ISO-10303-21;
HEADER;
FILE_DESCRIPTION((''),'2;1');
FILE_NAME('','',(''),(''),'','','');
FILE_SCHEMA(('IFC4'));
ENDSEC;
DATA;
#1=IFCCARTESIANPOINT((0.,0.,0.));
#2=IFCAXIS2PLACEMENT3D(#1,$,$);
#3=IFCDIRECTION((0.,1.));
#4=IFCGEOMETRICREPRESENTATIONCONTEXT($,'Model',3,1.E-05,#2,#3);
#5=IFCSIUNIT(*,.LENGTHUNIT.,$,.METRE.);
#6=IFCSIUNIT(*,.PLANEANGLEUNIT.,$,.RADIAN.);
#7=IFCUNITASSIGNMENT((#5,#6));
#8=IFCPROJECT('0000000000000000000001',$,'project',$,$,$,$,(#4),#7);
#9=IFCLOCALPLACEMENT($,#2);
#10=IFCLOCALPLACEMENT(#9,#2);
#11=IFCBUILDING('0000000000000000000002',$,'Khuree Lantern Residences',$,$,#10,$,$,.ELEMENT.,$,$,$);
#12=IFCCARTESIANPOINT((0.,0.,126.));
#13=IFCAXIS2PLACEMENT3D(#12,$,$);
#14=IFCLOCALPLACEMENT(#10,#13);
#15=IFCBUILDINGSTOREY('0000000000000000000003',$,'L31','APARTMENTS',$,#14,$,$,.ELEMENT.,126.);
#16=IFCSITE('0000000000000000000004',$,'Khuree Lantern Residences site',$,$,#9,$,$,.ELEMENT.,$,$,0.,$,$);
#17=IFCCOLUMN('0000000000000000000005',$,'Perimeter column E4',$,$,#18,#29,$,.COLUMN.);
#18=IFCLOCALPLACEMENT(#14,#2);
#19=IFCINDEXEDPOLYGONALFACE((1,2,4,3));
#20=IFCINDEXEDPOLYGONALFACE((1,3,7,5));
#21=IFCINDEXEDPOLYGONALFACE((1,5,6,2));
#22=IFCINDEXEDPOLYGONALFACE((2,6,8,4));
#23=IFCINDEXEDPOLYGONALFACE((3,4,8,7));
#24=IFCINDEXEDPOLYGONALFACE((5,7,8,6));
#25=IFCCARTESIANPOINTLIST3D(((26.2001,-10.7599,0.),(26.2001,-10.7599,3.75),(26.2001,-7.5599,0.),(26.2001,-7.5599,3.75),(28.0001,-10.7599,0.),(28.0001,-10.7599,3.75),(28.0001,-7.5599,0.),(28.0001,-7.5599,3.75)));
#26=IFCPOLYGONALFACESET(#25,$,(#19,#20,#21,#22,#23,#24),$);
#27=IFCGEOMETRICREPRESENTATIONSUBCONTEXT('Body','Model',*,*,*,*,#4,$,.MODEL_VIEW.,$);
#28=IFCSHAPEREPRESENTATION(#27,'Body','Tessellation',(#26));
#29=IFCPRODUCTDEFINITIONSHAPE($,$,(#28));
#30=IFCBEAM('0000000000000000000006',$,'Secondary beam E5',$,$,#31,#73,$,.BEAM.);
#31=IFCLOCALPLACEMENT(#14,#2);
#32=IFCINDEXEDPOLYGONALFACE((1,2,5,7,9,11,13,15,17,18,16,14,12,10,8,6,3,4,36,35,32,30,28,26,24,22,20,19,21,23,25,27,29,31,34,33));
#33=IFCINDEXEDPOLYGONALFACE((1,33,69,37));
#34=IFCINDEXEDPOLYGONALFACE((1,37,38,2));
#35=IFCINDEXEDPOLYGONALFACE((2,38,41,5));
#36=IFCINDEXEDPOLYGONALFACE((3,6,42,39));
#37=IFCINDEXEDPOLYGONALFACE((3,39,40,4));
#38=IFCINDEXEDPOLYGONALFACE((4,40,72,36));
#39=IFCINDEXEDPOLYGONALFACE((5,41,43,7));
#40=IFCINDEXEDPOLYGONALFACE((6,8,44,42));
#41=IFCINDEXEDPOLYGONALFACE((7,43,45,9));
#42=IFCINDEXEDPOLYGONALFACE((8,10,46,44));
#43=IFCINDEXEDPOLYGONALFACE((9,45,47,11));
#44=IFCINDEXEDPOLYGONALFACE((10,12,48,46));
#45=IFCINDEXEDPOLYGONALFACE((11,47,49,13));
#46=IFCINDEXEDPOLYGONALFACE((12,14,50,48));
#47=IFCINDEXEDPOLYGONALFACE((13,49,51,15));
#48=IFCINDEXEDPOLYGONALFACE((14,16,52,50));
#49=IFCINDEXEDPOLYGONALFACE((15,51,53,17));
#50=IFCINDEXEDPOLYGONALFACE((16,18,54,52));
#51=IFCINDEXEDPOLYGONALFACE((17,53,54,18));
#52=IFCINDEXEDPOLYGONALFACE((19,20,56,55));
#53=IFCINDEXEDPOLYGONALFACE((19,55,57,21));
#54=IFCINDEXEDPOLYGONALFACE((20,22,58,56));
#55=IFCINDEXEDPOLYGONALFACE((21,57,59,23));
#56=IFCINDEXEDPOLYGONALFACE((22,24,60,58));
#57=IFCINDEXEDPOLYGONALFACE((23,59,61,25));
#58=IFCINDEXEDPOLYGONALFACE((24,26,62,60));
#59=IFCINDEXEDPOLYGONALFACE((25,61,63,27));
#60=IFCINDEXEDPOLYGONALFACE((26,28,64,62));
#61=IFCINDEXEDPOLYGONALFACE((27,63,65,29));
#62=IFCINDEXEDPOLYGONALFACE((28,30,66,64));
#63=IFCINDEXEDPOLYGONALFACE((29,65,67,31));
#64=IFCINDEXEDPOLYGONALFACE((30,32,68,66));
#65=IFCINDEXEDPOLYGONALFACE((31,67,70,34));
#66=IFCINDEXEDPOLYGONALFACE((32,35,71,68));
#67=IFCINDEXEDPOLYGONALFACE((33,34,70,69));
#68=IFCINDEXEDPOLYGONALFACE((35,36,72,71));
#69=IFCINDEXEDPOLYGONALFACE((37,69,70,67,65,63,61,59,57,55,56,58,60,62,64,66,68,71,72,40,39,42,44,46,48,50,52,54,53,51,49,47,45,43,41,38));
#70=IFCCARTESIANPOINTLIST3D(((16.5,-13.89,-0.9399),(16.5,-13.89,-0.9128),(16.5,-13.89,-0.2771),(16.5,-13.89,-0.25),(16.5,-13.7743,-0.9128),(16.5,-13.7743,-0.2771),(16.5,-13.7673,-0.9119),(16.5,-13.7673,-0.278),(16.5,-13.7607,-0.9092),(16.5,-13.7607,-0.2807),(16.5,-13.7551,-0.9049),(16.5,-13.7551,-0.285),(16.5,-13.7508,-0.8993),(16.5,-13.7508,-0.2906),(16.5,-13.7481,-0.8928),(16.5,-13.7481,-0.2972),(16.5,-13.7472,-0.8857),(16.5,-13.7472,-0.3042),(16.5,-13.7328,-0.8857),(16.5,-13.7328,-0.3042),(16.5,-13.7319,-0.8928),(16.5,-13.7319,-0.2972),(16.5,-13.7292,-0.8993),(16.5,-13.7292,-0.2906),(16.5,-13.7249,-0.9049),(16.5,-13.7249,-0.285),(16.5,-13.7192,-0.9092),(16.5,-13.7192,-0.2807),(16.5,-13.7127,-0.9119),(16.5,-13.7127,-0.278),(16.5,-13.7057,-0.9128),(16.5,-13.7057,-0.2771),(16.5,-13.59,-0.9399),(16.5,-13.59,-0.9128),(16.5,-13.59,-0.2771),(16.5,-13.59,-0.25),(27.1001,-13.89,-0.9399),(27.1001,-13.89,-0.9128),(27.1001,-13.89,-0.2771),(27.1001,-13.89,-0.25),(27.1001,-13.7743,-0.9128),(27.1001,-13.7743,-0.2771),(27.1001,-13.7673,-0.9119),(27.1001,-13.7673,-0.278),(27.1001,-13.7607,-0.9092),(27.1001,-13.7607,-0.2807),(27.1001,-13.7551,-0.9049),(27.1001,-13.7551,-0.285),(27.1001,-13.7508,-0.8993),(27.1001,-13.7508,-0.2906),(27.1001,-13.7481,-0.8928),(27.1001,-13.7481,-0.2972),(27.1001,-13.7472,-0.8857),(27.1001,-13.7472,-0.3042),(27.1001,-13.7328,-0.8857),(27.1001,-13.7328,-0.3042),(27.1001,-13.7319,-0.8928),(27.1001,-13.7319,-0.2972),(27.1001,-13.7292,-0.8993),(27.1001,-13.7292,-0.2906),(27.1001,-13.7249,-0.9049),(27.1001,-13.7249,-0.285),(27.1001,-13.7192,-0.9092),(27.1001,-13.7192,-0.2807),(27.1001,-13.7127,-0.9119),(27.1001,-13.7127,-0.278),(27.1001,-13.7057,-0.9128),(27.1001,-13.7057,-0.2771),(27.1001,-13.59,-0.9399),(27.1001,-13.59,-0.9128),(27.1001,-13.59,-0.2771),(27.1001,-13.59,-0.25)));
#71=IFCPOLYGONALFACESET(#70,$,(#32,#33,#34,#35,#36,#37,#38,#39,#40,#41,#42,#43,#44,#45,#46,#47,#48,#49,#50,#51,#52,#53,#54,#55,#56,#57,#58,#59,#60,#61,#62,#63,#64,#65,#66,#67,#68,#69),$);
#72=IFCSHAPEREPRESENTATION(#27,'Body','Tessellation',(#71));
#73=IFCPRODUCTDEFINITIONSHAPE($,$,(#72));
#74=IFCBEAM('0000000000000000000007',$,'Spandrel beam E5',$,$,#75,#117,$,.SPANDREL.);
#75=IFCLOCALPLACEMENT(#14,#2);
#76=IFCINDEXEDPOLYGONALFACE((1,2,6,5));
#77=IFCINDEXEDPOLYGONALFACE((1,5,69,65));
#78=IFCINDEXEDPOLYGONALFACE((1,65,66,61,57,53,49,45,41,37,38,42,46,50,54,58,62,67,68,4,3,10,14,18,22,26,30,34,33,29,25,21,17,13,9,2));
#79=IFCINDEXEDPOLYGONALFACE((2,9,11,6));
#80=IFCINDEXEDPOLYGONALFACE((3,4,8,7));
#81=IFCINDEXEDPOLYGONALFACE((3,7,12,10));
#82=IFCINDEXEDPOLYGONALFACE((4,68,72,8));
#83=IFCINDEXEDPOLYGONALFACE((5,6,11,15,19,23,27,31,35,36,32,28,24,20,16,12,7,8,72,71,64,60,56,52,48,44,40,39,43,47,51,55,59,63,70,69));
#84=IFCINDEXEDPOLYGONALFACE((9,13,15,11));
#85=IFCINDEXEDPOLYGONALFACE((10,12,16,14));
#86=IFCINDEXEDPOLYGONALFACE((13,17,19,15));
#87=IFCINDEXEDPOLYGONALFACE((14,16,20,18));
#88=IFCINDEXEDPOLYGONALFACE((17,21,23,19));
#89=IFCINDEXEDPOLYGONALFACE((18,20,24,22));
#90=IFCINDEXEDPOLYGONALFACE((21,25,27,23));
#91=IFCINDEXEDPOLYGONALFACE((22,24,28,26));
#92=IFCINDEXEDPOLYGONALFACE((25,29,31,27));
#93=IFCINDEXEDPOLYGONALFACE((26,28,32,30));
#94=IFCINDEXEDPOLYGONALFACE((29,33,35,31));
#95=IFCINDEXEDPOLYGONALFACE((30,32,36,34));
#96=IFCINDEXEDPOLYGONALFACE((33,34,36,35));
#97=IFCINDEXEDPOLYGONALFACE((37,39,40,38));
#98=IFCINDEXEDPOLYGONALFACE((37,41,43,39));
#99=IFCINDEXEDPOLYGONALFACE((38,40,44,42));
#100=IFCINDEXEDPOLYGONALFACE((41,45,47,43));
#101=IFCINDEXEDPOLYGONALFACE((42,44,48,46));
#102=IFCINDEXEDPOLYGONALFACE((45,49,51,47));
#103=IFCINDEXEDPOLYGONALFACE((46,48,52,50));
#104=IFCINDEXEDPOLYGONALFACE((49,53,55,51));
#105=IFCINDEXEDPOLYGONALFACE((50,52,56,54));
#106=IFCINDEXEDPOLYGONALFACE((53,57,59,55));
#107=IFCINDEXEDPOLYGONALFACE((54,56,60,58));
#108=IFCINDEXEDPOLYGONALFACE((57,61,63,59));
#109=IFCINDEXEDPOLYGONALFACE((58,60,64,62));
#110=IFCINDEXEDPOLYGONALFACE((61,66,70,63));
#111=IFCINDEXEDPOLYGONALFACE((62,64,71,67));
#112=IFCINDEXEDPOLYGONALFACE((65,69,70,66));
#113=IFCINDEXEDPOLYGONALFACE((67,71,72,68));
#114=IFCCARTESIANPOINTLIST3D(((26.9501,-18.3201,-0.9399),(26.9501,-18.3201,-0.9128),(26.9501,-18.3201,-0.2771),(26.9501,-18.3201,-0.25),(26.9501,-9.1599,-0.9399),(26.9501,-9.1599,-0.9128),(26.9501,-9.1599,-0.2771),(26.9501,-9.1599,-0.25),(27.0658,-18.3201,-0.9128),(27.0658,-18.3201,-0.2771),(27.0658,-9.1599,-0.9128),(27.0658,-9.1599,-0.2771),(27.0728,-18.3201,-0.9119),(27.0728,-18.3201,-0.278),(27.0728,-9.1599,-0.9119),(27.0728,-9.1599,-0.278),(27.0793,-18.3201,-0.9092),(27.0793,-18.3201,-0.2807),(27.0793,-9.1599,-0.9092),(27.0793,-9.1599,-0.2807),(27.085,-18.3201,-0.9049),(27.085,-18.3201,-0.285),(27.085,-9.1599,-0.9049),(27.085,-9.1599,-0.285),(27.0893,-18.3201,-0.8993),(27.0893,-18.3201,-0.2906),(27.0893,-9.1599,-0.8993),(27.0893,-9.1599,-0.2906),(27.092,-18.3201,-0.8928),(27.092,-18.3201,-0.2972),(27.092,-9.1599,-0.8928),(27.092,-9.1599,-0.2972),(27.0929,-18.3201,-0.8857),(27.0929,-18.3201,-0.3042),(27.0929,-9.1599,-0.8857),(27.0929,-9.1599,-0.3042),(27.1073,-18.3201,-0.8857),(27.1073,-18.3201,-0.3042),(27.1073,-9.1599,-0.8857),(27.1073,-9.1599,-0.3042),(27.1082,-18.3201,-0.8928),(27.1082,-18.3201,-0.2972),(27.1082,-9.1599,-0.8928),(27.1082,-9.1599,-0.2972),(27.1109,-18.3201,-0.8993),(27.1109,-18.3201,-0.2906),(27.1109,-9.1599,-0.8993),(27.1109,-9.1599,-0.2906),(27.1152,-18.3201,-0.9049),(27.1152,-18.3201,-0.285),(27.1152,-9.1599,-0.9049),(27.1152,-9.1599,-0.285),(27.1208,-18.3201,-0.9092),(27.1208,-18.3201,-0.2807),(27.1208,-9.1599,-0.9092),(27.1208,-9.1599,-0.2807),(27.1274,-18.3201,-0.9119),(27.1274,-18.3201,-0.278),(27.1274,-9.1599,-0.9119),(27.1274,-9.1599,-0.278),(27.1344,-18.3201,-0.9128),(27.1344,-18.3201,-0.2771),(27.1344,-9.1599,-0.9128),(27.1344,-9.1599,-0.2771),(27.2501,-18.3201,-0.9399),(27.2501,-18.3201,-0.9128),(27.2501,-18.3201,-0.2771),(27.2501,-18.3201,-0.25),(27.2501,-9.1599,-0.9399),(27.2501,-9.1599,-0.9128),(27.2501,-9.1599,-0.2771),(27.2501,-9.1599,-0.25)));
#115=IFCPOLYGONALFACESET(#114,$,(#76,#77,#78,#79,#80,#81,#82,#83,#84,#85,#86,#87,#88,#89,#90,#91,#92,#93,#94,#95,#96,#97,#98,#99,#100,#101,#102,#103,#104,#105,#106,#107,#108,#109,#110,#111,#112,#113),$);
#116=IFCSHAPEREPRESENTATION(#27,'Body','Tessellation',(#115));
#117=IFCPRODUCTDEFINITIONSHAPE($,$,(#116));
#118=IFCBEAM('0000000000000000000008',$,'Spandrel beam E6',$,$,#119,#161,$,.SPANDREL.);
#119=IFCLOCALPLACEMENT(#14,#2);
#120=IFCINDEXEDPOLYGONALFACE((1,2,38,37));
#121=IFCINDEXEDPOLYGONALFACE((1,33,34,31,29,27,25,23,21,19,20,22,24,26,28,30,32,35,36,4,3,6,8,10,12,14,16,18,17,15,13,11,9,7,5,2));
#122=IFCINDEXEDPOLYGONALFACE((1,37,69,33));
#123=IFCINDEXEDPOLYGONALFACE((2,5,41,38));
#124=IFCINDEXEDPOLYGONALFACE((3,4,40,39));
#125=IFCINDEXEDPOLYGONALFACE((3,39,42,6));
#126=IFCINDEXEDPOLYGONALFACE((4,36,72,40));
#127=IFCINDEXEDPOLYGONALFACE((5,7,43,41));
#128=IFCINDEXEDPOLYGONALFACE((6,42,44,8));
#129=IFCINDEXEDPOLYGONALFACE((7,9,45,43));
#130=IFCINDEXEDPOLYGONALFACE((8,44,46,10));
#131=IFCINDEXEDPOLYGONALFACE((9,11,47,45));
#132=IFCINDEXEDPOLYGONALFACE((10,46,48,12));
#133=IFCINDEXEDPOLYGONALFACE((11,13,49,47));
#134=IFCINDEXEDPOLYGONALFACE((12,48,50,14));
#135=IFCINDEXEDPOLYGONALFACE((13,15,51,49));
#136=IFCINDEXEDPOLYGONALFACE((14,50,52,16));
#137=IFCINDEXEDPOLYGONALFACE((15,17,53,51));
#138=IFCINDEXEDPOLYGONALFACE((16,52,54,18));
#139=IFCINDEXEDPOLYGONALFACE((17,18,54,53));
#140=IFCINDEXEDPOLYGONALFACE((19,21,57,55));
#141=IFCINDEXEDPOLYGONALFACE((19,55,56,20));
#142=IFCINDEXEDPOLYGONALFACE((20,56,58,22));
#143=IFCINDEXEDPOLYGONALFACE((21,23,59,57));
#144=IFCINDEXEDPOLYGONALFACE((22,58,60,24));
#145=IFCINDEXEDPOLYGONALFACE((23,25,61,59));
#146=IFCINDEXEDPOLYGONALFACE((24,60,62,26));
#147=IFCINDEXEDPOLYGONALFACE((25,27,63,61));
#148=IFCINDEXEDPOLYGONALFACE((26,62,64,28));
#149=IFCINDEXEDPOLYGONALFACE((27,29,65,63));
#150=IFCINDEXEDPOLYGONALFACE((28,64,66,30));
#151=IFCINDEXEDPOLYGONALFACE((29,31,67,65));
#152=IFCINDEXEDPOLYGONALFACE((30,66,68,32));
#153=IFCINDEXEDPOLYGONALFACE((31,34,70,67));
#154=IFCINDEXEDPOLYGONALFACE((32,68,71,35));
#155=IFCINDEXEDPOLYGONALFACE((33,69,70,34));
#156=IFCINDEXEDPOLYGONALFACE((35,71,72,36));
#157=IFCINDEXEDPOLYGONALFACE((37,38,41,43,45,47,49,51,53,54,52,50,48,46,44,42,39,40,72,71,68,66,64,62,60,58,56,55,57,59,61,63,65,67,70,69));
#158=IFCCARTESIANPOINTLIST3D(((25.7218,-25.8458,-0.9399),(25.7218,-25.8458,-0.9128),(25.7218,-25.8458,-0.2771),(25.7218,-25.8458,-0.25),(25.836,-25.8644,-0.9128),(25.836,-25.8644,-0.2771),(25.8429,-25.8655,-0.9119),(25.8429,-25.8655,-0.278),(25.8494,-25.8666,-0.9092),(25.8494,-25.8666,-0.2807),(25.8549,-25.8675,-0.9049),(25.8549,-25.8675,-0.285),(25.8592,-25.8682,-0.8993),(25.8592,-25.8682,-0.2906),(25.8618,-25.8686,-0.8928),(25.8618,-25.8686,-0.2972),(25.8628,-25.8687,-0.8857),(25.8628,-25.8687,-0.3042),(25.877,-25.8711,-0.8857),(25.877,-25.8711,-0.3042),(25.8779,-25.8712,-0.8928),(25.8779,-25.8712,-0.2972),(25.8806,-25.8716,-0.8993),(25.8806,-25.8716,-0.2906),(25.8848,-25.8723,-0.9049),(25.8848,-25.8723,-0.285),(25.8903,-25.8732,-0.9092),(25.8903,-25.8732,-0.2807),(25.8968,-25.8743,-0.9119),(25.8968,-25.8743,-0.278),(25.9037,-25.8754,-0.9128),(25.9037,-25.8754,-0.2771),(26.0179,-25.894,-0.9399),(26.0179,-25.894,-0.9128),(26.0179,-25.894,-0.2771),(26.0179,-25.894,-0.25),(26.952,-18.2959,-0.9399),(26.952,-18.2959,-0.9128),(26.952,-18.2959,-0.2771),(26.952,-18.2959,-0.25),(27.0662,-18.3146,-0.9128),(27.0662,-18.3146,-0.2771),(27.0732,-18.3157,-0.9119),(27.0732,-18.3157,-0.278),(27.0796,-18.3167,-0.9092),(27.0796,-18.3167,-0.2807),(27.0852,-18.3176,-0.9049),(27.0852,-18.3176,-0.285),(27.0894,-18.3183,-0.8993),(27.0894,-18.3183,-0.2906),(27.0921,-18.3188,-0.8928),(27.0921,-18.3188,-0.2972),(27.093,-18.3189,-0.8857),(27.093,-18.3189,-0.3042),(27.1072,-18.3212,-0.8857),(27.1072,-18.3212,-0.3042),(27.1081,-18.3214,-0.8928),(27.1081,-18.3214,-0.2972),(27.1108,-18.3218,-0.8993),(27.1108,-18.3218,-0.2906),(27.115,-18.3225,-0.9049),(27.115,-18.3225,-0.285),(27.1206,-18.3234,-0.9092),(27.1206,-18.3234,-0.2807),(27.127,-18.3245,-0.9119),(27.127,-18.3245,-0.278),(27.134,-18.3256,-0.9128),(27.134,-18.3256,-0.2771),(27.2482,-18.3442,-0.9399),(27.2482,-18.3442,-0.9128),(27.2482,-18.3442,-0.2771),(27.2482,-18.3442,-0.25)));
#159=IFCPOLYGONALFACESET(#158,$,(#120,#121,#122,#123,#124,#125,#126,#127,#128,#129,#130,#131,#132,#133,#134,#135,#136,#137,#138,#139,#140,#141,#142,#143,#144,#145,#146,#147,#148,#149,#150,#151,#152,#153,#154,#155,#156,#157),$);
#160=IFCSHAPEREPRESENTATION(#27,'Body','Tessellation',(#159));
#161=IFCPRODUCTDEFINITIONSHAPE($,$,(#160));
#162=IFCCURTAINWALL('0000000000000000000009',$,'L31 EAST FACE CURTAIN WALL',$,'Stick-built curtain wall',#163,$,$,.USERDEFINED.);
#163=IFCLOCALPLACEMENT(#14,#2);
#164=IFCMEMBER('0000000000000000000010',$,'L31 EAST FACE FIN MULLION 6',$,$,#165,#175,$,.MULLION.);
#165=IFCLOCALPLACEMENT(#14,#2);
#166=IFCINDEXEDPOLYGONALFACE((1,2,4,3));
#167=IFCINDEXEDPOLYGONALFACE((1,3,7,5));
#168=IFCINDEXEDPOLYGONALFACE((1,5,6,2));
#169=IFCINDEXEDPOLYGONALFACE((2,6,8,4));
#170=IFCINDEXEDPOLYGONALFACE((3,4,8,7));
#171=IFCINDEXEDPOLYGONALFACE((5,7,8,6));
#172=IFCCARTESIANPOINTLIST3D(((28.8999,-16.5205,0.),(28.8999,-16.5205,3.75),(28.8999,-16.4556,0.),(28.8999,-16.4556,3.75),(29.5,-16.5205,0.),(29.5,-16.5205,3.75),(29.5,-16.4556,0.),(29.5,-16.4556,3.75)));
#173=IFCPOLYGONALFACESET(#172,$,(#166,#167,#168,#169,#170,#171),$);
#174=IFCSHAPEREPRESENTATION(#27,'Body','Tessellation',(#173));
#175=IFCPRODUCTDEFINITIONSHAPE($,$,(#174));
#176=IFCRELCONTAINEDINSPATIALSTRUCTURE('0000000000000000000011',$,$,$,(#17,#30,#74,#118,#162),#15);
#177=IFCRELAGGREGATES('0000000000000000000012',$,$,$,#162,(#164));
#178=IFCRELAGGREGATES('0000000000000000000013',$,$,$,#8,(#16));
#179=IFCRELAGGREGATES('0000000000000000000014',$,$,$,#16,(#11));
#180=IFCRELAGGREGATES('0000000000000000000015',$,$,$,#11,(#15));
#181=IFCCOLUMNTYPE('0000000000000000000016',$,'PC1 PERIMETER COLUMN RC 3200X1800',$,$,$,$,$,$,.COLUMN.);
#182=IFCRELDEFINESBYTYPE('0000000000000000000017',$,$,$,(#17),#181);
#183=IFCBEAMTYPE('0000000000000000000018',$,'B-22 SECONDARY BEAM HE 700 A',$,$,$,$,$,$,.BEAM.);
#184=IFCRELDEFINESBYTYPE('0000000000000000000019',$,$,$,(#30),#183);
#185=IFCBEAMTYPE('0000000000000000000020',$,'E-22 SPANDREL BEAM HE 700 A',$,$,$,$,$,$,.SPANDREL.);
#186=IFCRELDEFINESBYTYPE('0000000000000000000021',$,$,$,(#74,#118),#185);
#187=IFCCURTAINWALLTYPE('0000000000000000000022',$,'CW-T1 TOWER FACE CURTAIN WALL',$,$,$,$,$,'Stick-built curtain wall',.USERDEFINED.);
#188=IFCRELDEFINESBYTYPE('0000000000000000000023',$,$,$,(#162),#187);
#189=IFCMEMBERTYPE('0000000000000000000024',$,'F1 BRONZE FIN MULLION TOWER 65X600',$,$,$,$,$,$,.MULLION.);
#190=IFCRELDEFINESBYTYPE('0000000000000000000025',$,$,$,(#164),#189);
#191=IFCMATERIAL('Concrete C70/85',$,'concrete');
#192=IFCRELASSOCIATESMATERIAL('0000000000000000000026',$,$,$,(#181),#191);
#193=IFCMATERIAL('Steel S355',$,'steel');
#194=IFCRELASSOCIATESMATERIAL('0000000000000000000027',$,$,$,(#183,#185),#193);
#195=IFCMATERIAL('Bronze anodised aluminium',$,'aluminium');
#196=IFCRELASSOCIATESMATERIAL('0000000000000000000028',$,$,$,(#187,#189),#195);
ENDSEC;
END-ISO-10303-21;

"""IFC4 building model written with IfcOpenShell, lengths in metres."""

from ifc_helpers import new_model, si_unit, direction, frame, origin, origin_2d, place, context, subcontext, project, spatial, rectangle, i_section, extrude, material, material_profile, profile_set, type_object, element, aggregate, save


model = new_model("IFC4")

# Units and contexts
model_context = context("Model", 3, precision=1e-05, world=origin(), true_north=direction((0.0, 1.0)))
body_context = subcontext(model_context, "Body", "Model", "MODEL_VIEW")
ifc_project = project(units=[si_unit("LENGTHUNIT", "METRE"), si_unit("PLANEANGLEUNIT", "RADIAN")], contexts=[model_context])

# Site, building, storey
site_placement = place(None, origin())
site = spatial("IfcSite", under=ifc_project, at=site_placement, Name="Khuree Lantern Residences site", CompositionType="ELEMENT", RefElevation=0.0)
building_placement = place(site_placement, origin())
building = spatial("IfcBuilding", under=site, at=building_placement, Name="Khuree Lantern Residences", CompositionType="ELEMENT")
storey_placement = place(building_placement, frame((0.0, 0.0, 126.0)))
storey = spatial("IfcBuildingStorey", under=building, at=storey_placement, Name="L31", Description="APARTMENTS", CompositionType="ELEMENT", Elevation=126.0)

# Column
ifc_material_1 = material(Name="Concrete C70/85", Category="concrete")
ifc_material_profile_1 = material_profile(ifc_material_1, rectangle(XDim=3.2, YDim=1.8, at=origin_2d()), Name="RC 3200X1800")
ifc_profile_set_1 = profile_set([ifc_material_profile_1], Name="Concrete C70/85")
column_type = type_object("IfcColumnType", Name="PC1 PERIMETER COLUMN RC 3200X1800", PredefinedType="COLUMN", material=ifc_profile_set_1)
column_placement = place(storey_placement, frame((27.1001, -9.1599, 0.0), z_axis=(0.0, 0.0, 1.0), x_axis=(0.0, 1.0, 0.0)))
element("IfcColumn", 1, at=column_placement, inside=storey, type_object=column_type, Name="Perimeter column E4", PredefinedType="COLUMN", context=body_context, shape_type="SweptSolid", body=[
    extrude(rectangle(XDim=3.2, YDim=1.8, at=origin_2d()), origin(), (0.0, 0.0, 1.0), 3.75),
])

# Beams
ifc_material_2 = material(Name="Steel S355", Category="steel")
ifc_material_profile_2 = material_profile(ifc_material_2, i_section(OverallWidth=0.3, OverallDepth=0.6899, WebThickness=0.0144, FlangeThickness=0.0271, FilletRadius=0.0271, at=origin_2d()), Name="HE 700 A")
ifc_profile_set_2 = profile_set([ifc_material_profile_2], Name="Steel S355")
beam_type_1 = type_object("IfcBeamType", Name="B-22 SECONDARY BEAM HE 700 A", PredefinedType="BEAM", material=ifc_profile_set_2)
beam_1_placement = place(storey_placement, frame((27.1001, -13.74, -0.595), z_axis=(-1.0, 0.0, 0.0), x_axis=(0.0, -1.0, 0.0)))
element("IfcBeam", 2, at=beam_1_placement, inside=storey, type_object=beam_type_1, Name="Secondary beam E5", PredefinedType="BEAM", context=body_context, shape_type="SweptSolid", body=[
    extrude(i_section(OverallWidth=0.3, OverallDepth=0.6899, WebThickness=0.0144, FlangeThickness=0.0271, FilletRadius=0.0271, at=origin_2d()), origin(), (0.0, 0.0, 1.0), 10.6001),
])
ifc_material_profile_3 = material_profile(ifc_material_2, i_section(OverallWidth=0.3, OverallDepth=0.6899, WebThickness=0.0144, FlangeThickness=0.0271, FilletRadius=0.0271, at=origin_2d()), Name="HE 700 A")
ifc_profile_set_3 = profile_set([ifc_material_profile_3], Name="Steel S355")
beam_type_2 = type_object("IfcBeamType", Name="E-22 SPANDREL BEAM HE 700 A", PredefinedType="SPANDREL", material=ifc_profile_set_3)
beam_2_placement = place(storey_placement, frame((27.1001, -9.1599, -0.595), z_axis=(0.0, -1.0, 0.0), x_axis=(1.0, 0.0, 0.0)))
element("IfcBeam", 3, at=beam_2_placement, inside=storey, type_object=beam_type_2, Name="Spandrel beam E5", PredefinedType="SPANDREL", context=body_context, shape_type="SweptSolid", body=[
    extrude(i_section(OverallWidth=0.3, OverallDepth=0.6899, WebThickness=0.0144, FlangeThickness=0.0271, FilletRadius=0.0271, at=origin_2d()), origin(), (0.0, 0.0, 1.0), 9.1602),
])
beam_3_placement = place(storey_placement, frame((27.1001, -18.3201, -0.595), z_axis=(-0.160827, -0.986983, 0.0), x_axis=(0.986983, -0.160827, 0.0)))
element("IfcBeam", 4, at=beam_3_placement, inside=storey, type_object=beam_type_2, Name="Spandrel beam E6", PredefinedType="SPANDREL", context=body_context, shape_type="SweptSolid", body=[
    extrude(i_section(OverallWidth=0.3, OverallDepth=0.6899, WebThickness=0.0144, FlangeThickness=0.0271, FilletRadius=0.0271, at=origin_2d()), origin(), (0.0, 0.0, 1.0), 7.6494),
])

# Curtain wall, member
ifc_material_3 = material(Name="Bronze anodised aluminium", Category="aluminium")
curtain_wall_type = type_object("IfcCurtainWallType", Name="CW-T1 TOWER FACE CURTAIN WALL", ElementType="Stick-built curtain wall", PredefinedType="USERDEFINED", material=ifc_material_3)
curtain_wall_placement = place(storey_placement, origin())
curtain_wall = element("IfcCurtainWall", 5, at=curtain_wall_placement, inside=storey, type_object=curtain_wall_type, Name="L31 EAST FACE CURTAIN WALL", ObjectType="Stick-built curtain wall", PredefinedType="USERDEFINED")
ifc_material_profile_4 = material_profile(ifc_material_3, rectangle(XDim=0.0649, YDim=0.6001, at=origin_2d()), Name="F1 65X600")
ifc_profile_set_4 = profile_set([ifc_material_profile_4], Name="Bronze anodised aluminium")
member_type_1 = type_object("IfcMemberType", Name="F1 BRONZE FIN MULLION TOWER 65X600", PredefinedType="MULLION", material=ifc_profile_set_4)
member_1_placement = place(storey_placement, frame((29.2, -16.488, 0.0), z_axis=(0.0, 0.0, 1.0), x_axis=(0.0, 1.0, 0.0)))
member_1 = element("IfcMember", 6, at=member_1_placement, type_object=member_type_1, Name="L31 EAST FACE FIN MULLION 6", PredefinedType="MULLION", context=body_context, shape_type="SweptSolid", body=[
    extrude(rectangle(XDim=0.0649, YDim=0.6001, at=origin_2d()), origin(), (0.0, 0.0, 1.0), 3.75),
])

aggregate(curtain_wall, [member_1])

save(model, "model.ifc")
